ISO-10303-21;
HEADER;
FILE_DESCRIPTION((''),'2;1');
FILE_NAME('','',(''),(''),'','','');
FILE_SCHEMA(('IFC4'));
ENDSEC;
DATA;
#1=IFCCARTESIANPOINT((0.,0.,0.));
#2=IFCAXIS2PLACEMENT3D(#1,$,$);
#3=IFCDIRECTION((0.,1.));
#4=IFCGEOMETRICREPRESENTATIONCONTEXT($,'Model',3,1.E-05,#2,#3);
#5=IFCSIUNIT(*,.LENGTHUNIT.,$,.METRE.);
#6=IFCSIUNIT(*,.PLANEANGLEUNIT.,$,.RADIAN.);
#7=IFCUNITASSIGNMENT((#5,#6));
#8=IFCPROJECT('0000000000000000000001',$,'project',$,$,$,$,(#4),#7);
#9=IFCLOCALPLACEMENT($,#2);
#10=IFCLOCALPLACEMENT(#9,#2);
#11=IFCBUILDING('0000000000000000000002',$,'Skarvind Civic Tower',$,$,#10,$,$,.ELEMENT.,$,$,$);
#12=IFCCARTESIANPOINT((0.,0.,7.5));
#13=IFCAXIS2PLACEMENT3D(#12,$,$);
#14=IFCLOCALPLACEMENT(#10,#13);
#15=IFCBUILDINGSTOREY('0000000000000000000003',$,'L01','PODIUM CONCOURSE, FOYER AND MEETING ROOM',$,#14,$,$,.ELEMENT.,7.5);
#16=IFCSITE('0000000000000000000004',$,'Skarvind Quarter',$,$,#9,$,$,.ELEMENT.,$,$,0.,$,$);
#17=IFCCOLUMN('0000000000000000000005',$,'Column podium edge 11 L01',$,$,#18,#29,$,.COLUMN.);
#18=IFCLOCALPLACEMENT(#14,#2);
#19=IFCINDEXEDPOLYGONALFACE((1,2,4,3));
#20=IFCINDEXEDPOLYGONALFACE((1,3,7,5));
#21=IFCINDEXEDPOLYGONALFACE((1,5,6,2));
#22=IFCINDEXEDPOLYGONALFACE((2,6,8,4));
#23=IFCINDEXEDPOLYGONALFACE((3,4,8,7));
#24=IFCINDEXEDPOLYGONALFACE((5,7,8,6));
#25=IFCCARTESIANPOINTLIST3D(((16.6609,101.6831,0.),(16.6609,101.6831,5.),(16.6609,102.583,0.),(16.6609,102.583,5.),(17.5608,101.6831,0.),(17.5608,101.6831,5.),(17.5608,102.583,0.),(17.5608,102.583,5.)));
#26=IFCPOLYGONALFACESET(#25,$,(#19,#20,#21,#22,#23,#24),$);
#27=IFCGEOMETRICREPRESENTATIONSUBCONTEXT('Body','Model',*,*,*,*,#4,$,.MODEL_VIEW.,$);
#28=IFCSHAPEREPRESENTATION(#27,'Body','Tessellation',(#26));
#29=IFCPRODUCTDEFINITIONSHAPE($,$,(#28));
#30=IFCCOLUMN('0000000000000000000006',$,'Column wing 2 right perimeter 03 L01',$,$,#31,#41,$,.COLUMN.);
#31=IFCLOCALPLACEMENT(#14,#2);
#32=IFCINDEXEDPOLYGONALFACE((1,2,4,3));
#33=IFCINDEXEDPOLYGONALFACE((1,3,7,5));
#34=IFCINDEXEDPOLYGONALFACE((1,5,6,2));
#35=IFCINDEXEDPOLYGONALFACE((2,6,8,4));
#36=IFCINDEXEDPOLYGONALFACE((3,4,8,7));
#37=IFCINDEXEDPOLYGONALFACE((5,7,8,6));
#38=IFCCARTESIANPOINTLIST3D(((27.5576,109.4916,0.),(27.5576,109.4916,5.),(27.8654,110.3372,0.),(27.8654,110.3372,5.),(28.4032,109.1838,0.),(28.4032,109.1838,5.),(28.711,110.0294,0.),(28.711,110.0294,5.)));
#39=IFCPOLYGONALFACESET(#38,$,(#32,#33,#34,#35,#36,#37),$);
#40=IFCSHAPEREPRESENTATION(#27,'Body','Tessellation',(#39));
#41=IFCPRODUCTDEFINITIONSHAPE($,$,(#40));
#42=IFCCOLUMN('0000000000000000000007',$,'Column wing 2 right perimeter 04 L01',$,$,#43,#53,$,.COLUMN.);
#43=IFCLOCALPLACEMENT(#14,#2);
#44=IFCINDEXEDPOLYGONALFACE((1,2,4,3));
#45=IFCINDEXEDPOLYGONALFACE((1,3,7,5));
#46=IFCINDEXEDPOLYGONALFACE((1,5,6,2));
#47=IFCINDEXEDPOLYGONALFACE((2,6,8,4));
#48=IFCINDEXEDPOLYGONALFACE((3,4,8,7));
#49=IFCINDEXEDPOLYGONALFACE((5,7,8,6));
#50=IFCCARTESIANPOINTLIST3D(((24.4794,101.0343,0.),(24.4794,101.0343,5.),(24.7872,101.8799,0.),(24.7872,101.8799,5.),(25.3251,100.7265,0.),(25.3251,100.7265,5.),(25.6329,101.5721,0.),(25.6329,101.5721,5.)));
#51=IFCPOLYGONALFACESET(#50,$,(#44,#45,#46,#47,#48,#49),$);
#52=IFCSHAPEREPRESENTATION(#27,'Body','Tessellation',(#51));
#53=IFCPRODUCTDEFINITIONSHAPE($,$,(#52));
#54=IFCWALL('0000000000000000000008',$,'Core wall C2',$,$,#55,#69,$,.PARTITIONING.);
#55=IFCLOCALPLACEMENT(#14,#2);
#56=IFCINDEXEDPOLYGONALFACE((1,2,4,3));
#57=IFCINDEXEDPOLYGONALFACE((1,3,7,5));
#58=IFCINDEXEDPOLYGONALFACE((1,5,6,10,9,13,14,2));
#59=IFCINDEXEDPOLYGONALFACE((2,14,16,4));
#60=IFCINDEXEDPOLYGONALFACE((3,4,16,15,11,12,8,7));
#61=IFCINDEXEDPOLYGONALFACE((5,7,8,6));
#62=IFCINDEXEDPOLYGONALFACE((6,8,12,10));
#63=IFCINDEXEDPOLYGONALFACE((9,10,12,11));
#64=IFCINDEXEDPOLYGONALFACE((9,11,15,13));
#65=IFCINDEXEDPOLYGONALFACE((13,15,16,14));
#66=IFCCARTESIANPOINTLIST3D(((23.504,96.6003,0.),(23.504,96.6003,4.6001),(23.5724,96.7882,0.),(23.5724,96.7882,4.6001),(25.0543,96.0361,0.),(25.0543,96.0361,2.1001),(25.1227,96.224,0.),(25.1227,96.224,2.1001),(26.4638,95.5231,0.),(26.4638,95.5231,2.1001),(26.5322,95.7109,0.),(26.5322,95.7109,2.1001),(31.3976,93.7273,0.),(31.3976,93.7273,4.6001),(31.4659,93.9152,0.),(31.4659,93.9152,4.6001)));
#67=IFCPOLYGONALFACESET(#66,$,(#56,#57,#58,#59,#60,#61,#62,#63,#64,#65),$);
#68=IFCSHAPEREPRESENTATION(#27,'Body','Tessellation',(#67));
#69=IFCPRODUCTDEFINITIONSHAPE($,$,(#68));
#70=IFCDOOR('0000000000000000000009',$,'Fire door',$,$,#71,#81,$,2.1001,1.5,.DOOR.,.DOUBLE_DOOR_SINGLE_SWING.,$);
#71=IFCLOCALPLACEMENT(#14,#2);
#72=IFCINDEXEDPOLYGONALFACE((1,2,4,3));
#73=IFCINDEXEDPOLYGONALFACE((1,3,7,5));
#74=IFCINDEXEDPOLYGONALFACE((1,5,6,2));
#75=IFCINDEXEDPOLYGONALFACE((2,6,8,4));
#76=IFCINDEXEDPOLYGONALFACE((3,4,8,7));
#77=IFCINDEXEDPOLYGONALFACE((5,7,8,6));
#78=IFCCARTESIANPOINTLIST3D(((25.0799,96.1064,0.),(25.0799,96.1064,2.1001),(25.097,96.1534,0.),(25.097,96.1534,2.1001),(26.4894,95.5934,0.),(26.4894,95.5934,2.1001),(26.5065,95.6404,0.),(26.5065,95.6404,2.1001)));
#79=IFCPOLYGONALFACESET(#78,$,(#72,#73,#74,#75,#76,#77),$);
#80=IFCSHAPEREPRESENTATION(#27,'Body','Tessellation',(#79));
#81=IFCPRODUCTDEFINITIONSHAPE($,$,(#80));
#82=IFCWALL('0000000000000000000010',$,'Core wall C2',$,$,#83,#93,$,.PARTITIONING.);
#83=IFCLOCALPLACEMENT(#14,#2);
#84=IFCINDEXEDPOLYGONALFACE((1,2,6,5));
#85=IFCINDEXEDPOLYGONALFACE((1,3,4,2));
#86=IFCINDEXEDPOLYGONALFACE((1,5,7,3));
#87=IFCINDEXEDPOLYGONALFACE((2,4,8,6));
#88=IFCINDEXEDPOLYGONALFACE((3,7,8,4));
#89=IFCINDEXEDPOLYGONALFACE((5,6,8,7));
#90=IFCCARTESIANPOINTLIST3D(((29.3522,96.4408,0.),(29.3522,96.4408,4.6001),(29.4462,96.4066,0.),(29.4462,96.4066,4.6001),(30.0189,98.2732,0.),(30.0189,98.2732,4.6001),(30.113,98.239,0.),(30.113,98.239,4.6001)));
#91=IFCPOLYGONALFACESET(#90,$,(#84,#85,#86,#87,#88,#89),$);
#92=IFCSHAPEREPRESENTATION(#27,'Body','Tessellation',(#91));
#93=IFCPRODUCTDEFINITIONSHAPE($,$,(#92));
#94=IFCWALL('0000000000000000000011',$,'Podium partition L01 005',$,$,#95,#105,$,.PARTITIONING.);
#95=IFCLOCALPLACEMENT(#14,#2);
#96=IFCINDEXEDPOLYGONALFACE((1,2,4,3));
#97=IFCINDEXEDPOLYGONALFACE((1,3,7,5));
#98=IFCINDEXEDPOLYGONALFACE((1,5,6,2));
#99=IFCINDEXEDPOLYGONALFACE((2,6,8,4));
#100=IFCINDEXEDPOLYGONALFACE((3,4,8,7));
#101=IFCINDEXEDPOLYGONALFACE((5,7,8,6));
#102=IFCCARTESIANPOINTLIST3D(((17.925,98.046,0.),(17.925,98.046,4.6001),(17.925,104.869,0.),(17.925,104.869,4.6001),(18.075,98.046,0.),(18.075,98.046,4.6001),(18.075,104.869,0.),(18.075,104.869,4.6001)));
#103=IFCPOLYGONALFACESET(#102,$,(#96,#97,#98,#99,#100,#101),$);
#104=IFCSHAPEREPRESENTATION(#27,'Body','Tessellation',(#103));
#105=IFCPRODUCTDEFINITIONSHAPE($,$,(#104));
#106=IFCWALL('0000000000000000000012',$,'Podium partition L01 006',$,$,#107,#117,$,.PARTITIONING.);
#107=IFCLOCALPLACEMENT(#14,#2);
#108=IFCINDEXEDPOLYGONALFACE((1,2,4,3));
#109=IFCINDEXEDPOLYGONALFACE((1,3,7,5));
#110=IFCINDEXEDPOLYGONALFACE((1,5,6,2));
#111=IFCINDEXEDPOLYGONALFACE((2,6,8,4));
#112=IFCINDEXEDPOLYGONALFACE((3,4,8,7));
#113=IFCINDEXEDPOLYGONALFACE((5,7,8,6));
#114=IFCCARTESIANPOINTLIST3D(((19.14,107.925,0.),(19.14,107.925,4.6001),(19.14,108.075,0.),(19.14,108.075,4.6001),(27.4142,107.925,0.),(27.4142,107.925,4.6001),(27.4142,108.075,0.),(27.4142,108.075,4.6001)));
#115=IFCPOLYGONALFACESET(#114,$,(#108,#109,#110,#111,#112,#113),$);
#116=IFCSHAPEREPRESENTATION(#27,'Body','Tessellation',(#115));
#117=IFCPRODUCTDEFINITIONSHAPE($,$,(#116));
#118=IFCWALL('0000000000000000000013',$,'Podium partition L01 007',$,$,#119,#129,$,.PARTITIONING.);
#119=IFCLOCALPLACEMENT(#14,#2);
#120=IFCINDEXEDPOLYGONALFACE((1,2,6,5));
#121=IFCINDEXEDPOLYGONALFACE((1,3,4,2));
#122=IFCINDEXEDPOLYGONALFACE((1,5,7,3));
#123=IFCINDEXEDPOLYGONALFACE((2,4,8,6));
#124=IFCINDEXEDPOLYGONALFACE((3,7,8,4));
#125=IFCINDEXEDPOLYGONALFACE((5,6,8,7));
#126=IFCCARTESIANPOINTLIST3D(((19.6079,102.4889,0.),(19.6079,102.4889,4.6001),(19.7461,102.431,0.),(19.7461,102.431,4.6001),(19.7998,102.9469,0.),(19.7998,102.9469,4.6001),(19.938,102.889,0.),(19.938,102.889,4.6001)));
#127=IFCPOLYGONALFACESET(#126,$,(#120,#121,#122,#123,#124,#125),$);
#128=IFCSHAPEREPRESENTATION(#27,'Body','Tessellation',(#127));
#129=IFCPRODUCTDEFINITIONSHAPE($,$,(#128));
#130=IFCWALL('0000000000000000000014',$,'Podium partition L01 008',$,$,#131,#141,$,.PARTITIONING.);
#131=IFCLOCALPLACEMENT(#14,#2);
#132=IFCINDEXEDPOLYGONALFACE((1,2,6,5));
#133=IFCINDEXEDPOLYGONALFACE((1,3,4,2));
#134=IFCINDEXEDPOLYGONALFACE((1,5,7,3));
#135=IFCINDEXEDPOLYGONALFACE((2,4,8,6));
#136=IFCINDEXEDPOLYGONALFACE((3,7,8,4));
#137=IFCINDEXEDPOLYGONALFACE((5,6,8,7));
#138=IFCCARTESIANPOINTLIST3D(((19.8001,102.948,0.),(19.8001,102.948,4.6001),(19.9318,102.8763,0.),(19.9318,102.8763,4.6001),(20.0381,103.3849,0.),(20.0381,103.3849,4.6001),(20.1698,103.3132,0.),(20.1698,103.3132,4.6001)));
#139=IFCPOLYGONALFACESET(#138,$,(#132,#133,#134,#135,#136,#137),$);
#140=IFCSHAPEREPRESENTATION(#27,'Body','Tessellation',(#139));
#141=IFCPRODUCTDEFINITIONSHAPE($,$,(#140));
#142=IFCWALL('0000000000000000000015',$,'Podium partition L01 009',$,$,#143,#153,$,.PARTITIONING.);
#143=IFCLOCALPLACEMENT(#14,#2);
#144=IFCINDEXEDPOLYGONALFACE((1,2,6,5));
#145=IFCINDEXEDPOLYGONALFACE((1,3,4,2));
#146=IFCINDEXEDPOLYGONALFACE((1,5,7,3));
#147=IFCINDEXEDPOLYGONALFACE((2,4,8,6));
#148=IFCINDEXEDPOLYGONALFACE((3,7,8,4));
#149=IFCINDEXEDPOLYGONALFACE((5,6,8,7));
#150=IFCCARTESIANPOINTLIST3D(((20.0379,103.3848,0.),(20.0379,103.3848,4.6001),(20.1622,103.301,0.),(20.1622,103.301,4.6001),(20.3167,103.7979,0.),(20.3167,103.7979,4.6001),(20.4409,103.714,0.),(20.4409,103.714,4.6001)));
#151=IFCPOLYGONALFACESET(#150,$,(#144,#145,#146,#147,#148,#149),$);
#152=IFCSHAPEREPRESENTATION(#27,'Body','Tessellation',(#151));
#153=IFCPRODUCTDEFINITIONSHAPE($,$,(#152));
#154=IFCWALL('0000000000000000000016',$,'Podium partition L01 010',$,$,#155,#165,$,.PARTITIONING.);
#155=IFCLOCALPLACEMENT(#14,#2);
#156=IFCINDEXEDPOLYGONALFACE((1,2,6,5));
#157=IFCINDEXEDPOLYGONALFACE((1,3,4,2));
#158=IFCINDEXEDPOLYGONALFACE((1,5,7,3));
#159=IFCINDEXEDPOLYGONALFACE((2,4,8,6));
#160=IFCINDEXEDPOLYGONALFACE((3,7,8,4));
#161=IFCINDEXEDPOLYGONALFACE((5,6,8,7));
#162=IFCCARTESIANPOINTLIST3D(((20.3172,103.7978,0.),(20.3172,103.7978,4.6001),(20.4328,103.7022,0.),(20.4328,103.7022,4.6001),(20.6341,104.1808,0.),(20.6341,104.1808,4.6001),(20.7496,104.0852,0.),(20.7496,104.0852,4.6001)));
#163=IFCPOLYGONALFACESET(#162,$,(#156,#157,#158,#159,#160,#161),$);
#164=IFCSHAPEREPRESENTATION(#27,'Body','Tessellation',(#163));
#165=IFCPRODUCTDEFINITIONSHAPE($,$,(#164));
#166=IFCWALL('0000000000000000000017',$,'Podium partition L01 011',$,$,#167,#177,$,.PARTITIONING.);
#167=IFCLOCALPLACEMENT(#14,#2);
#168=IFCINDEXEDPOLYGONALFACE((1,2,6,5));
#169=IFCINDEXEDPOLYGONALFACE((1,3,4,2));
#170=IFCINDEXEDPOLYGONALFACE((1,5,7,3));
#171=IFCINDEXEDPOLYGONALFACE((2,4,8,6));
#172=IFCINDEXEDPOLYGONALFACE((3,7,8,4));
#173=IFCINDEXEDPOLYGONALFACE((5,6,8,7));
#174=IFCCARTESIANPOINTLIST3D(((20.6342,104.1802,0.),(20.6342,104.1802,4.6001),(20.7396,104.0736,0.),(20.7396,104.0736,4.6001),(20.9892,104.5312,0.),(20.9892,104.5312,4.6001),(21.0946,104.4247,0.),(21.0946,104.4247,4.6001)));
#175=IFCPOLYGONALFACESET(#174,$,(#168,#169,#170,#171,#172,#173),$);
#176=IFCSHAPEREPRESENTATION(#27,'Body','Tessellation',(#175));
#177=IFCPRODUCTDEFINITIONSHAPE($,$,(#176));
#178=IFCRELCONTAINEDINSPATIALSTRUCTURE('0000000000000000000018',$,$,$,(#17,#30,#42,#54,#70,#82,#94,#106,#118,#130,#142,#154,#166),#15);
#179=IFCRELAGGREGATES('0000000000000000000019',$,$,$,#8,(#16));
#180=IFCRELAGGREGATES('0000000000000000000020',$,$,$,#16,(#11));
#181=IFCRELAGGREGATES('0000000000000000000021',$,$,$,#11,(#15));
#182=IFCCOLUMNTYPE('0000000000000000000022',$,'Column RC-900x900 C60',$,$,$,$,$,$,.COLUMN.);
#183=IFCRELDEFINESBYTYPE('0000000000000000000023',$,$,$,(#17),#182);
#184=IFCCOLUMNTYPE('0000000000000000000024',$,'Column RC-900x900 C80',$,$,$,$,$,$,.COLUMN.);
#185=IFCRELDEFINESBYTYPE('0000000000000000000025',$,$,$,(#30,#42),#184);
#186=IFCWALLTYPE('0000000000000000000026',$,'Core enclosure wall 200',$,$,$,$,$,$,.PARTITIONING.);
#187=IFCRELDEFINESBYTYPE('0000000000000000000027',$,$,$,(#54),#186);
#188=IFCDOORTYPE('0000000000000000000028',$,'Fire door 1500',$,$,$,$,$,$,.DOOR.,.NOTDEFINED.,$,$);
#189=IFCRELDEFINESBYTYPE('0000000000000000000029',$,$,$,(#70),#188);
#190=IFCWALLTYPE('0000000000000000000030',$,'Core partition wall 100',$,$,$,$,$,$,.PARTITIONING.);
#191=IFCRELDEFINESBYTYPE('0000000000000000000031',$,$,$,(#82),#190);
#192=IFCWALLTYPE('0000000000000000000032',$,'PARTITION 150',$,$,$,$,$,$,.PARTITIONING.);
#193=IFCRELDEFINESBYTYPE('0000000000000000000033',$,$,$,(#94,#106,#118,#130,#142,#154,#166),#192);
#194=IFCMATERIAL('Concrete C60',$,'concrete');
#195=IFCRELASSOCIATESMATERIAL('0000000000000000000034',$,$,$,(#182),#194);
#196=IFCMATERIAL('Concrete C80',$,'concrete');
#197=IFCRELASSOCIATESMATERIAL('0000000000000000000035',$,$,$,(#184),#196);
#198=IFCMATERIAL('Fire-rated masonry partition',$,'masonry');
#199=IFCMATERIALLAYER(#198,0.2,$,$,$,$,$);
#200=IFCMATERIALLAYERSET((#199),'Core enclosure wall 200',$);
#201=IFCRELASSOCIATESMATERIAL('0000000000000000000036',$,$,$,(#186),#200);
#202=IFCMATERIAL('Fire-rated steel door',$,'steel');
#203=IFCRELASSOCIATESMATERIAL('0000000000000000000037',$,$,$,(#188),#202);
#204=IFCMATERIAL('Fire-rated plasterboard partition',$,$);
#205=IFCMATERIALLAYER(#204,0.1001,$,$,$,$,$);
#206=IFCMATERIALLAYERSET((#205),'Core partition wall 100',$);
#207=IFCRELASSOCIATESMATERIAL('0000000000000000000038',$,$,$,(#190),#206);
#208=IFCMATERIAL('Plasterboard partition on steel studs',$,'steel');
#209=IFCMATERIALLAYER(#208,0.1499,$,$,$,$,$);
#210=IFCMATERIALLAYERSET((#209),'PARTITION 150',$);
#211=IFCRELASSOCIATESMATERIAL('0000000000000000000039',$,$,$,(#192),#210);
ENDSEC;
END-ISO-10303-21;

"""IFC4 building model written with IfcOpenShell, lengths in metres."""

from ifc_helpers import new_model, si_unit, direction, frame, frame_2d, origin, origin_2d, place, context, subcontext, project, spatial, rectangle, extrude, material, layer, layer_set, material_profile, profile_set, type_object, element, fill, save


model = new_model("IFC4")

# Units and contexts
model_context = context("Model", 3, precision=1e-05, world=origin(), true_north=direction((0.0, 1.0)))
body_context = subcontext(model_context, "Body", "Model", "MODEL_VIEW")
ifc_project = project(units=[si_unit("LENGTHUNIT", "METRE"), si_unit("PLANEANGLEUNIT", "RADIAN")], contexts=[model_context])

# Site, building, storey
site_placement = place(None, origin())
site = spatial("IfcSite", under=ifc_project, at=site_placement, Name="Skarvind Quarter", CompositionType="ELEMENT", RefElevation=0.0)
building_placement = place(site_placement, origin())
building = spatial("IfcBuilding", under=site, at=building_placement, Name="Skarvind Civic Tower", CompositionType="ELEMENT")
storey_placement = place(building_placement, frame((0.0, 0.0, 7.5)))
storey = spatial("IfcBuildingStorey", under=building, at=storey_placement, Name="L01", Description="PODIUM CONCOURSE, FOYER AND MEETING ROOM", CompositionType="ELEMENT", Elevation=7.5)

# Columns
ifc_material_1 = material(Name="Concrete C60", Category="concrete")
ifc_material_profile_1 = material_profile(ifc_material_1, rectangle(XDim=0.8999, YDim=0.8999, at=origin_2d()), Name="RC-900x900")
ifc_profile_set_1 = profile_set([ifc_material_profile_1], Name="Concrete C60")
column_type_1 = type_object("IfcColumnType", Name="Column RC-900x900 C60", PredefinedType="COLUMN", material=ifc_profile_set_1)
column_placement = place(storey_placement, frame((17.1108, 102.1331, 0.0), z_axis=(0.0, 0.0, 1.0), x_axis=(1.0, 0.0, 0.0)))
element("IfcColumn", 1, at=column_placement, inside=storey, type_object=column_type_1, Name="Column podium edge 11 L01", PredefinedType="COLUMN", context=body_context, shape_type="SweptSolid", body=[
    extrude(rectangle(XDim=0.8999, YDim=0.8999, at=origin_2d()), origin(), (0.0, 0.0, 1.0), 5.0),
])
ifc_material_2 = material(Name="Concrete C80", Category="concrete")
ifc_material_profile_2 = material_profile(ifc_material_2, rectangle(XDim=0.8999, YDim=0.8999, at=origin_2d()), Name="RC-900x900")
ifc_profile_set_2 = profile_set([ifc_material_profile_2], Name="Concrete C80")
column_type_2 = type_object("IfcColumnType", Name="Column RC-900x900 C80", PredefinedType="COLUMN", material=ifc_profile_set_2)
for number, where, z_axis, x_axis, name in (
    (2, (28.1343, 109.7605, 0.0), (0.0, 0.0, 1.0), (-0.34202, -0.939693, 0.0), "Column wing 2 right perimeter 03 L01"),
    (3, (25.0562, 101.3032, 0.0), (0.0, 0.0, 1.0), (-0.34202, -0.939693, 0.0), "Column wing 2 right perimeter 04 L01"),
):
    element("IfcColumn", number, at=place(storey_placement, frame(where, z_axis=z_axis, x_axis=x_axis)), inside=storey, type_object=column_type_2, Name=name, PredefinedType="COLUMN", context=body_context, shape_type="SweptSolid", body=[
        extrude(rectangle(XDim=0.8999, YDim=0.8999, at=origin_2d()), origin(), (0.0, 0.0, 1.0), 5.0),
    ])

# Wall, opening, door
ifc_material_3 = material(Name="Fire-rated masonry partition", Category="masonry")
ifc_layer_1 = layer(ifc_material_3, 0.2)
ifc_layer_set_1 = layer_set([ifc_layer_1], Name="Core enclosure wall 200")
wall_type_1 = type_object("IfcWallType", Name="Core enclosure wall 200", PredefinedType="PARTITIONING", material=ifc_layer_set_1)
wall_1_placement = place(storey_placement, frame((23.5381, 96.6943, 0.0), z_axis=(0.0, 0.0, 1.0), x_axis=(0.939692, -0.342023, 0.0)))
wall_1 = element("IfcWall", 4, at=wall_1_placement, inside=storey, type_object=wall_type_1, Name="Core wall C2", PredefinedType="PARTITIONING", context=body_context, shape_type="SweptSolid", body=[
    extrude(rectangle(XDim=8.4001, YDim=0.2, at=frame_2d((4.2002, 0.0))), origin(), (0.0, 0.0, 1.0), 4.6001),
])
opening_1_placement = place(wall_1_placement, frame((1.6499, 0.0, 0.0)))
opening_1 = element("IfcOpeningElement", 5, at=opening_1_placement, cuts=wall_1, PredefinedType="OPENING", context=body_context, shape_type="SweptSolid", body=[
    extrude(rectangle(XDim=1.5, YDim=2.1001, at=frame_2d((0.75, 1.05))), frame((0.0, 0.1099, 0.0), z_axis=(0.0, -1.0, 0.0), x_axis=(1.0, 0.0, 0.0)), (0.0, 0.0, 1.0), 0.22),
])
ifc_material_4 = material(Name="Fire-rated steel door", Category="steel")
door_type_1 = type_object("IfcDoorType", Name="Fire door 1500", OperationType="NOTDEFINED", PredefinedType="DOOR", material=ifc_material_4)
door_1_placement = place(opening_1_placement, origin())
door_1 = element("IfcDoor", 6, at=door_1_placement, inside=storey, type_object=door_type_1, Name="Fire door", OperationType="DOUBLE_DOOR_SINGLE_SWING", OverallHeight=2.1001, OverallWidth=1.5, PredefinedType="DOOR", context=body_context, shape_type="SweptSolid", body=[
    extrude(rectangle(XDim=1.5, YDim=2.1001, at=frame_2d((0.75, 1.05))), frame((0.0, 0.0249, 0.0), z_axis=(0.0, -1.0, 0.0), x_axis=(1.0, 0.0, 0.0)), (0.0, 0.0, 1.0), 0.05),
])
fill(opening_1, door_1)

# Walls
ifc_material_5 = material(Name="Fire-rated plasterboard partition")
ifc_layer_2 = layer(ifc_material_5, 0.1001)
ifc_layer_set_2 = layer_set([ifc_layer_2], Name="Core partition wall 100")
wall_type_2 = type_object("IfcWallType", Name="Core partition wall 100", PredefinedType="PARTITIONING", material=ifc_layer_set_2)
wall_2_placement = place(storey_placement, frame((29.3992, 96.4236, 0.0), z_axis=(0.0, 0.0, 1.0), x_axis=(0.341914, 0.939731, 0.0)))
element("IfcWall", 7, at=wall_2_placement, inside=storey, type_object=wall_type_2, Name="Core wall C2", PredefinedType="PARTITIONING", context=body_context, shape_type="SweptSolid", body=[
    extrude(rectangle(XDim=1.95, YDim=0.1001, at=frame_2d((0.9751, 0.0))), origin(), (0.0, 0.0, 1.0), 4.6001),
])
ifc_material_6 = material(Name="Plasterboard partition on steel studs", Category="steel")
ifc_layer_3 = layer(ifc_material_6, 0.1499)
ifc_layer_set_3 = layer_set([ifc_layer_3], Name="PARTITION 150")
wall_type_3 = type_object("IfcWallType", Name="PARTITION 150", PredefinedType="PARTITIONING", material=ifc_layer_set_3)
wall_3_placement = place(storey_placement, frame((18.0, 98.0459, 0.0), z_axis=(0.0, 0.0, 1.0), x_axis=(0.0, 1.0, 0.0)))
element("IfcWall", 8, at=wall_3_placement, inside=storey, type_object=wall_type_3, Name="Podium partition L01 005", PredefinedType="PARTITIONING", context=body_context, shape_type="SweptSolid", body=[
    extrude(rectangle(XDim=6.823, YDim=0.1499, at=frame_2d((3.4116, 0.0))), origin(), (0.0, 0.0, 1.0), 4.6001),
])
wall_4_placement = place(storey_placement, frame((19.1399, 108.0, 0.0), z_axis=(0.0, 0.0, 1.0), x_axis=(1.0, 0.0, 0.0)))
element("IfcWall", 9, at=wall_4_placement, inside=storey, type_object=wall_type_3, Name="Podium partition L01 006", PredefinedType="PARTITIONING", context=body_context, shape_type="SweptSolid", body=[
    extrude(rectangle(XDim=8.2742, YDim=0.1499, at=frame_2d((4.1372, 0.0))), origin(), (0.0, 0.0, 1.0), 4.6001),
])
wall_5_placement = place(storey_placement, frame((19.677, 102.46, 0.0), z_axis=(0.0, 0.0, 1.0), x_axis=(0.38643, 0.922319, 0.0)))
element("IfcWall", 10, at=wall_5_placement, inside=storey, type_object=wall_type_3, Name="Podium partition L01 007", PredefinedType="PARTITIONING", context=body_context, shape_type="SweptSolid", body=[
    extrude(rectangle(XDim=0.4966, YDim=0.1499, at=frame_2d((0.2483, 0.0))), origin(), (0.0, 0.0, 1.0), 4.6001),
])
wall_6_placement = place(storey_placement, frame((19.866, 102.9121, 0.0), z_axis=(0.0, 0.0, 1.0), x_axis=(0.478336, 0.878177, 0.0)))
element("IfcWall", 11, at=wall_6_placement, inside=storey, type_object=wall_type_3, Name="Podium partition L01 008", PredefinedType="PARTITIONING", context=body_context, shape_type="SweptSolid", body=[
    extrude(rectangle(XDim=0.4976, YDim=0.1499, at=frame_2d((0.2488, 0.0))), origin(), (0.0, 0.0, 1.0), 4.6001),
])
wall_7_placement = place(storey_placement, frame((20.1001, 103.343, 0.0), z_axis=(0.0, 0.0, 1.0), x_axis=(0.559439, 0.828871, 0.0)))
element("IfcWall", 12, at=wall_7_placement, inside=storey, type_object=wall_type_3, Name="Podium partition L01 009", PredefinedType="PARTITIONING", context=body_context, shape_type="SweptSolid", body=[
    extrude(rectangle(XDim=0.4983, YDim=0.1499, at=frame_2d((0.249, 0.0))), origin(), (0.0, 0.0, 1.0), 4.6001),
])
wall_8_placement = place(storey_placement, frame((20.375, 103.75, 0.0), z_axis=(0.0, 0.0, 1.0), x_axis=(0.637427, 0.770511, 0.0)))
element("IfcWall", 13, at=wall_8_placement, inside=storey, type_object=wall_type_3, Name="Podium partition L01 010", PredefinedType="PARTITIONING", context=body_context, shape_type="SweptSolid", body=[
    extrude(rectangle(XDim=0.4971, YDim=0.1499, at=frame_2d((0.2485, 0.0))), origin(), (0.0, 0.0, 1.0), 4.6001),
])
wall_9_placement = place(storey_placement, frame((20.687, 104.127, 0.0), z_axis=(0.0, 0.0, 1.0), x_axis=(0.711008, 0.703184, 0.0)))
element("IfcWall", 14, at=wall_9_placement, inside=storey, type_object=wall_type_3, Name="Podium partition L01 011", PredefinedType="PARTITIONING", context=body_context, shape_type="SweptSolid", body=[
    extrude(rectangle(XDim=0.4993, YDim=0.1499, at=frame_2d((0.2495, 0.0))), origin(), (0.0, 0.0, 1.0), 4.6001),
])

save(model, "model.ifc")
